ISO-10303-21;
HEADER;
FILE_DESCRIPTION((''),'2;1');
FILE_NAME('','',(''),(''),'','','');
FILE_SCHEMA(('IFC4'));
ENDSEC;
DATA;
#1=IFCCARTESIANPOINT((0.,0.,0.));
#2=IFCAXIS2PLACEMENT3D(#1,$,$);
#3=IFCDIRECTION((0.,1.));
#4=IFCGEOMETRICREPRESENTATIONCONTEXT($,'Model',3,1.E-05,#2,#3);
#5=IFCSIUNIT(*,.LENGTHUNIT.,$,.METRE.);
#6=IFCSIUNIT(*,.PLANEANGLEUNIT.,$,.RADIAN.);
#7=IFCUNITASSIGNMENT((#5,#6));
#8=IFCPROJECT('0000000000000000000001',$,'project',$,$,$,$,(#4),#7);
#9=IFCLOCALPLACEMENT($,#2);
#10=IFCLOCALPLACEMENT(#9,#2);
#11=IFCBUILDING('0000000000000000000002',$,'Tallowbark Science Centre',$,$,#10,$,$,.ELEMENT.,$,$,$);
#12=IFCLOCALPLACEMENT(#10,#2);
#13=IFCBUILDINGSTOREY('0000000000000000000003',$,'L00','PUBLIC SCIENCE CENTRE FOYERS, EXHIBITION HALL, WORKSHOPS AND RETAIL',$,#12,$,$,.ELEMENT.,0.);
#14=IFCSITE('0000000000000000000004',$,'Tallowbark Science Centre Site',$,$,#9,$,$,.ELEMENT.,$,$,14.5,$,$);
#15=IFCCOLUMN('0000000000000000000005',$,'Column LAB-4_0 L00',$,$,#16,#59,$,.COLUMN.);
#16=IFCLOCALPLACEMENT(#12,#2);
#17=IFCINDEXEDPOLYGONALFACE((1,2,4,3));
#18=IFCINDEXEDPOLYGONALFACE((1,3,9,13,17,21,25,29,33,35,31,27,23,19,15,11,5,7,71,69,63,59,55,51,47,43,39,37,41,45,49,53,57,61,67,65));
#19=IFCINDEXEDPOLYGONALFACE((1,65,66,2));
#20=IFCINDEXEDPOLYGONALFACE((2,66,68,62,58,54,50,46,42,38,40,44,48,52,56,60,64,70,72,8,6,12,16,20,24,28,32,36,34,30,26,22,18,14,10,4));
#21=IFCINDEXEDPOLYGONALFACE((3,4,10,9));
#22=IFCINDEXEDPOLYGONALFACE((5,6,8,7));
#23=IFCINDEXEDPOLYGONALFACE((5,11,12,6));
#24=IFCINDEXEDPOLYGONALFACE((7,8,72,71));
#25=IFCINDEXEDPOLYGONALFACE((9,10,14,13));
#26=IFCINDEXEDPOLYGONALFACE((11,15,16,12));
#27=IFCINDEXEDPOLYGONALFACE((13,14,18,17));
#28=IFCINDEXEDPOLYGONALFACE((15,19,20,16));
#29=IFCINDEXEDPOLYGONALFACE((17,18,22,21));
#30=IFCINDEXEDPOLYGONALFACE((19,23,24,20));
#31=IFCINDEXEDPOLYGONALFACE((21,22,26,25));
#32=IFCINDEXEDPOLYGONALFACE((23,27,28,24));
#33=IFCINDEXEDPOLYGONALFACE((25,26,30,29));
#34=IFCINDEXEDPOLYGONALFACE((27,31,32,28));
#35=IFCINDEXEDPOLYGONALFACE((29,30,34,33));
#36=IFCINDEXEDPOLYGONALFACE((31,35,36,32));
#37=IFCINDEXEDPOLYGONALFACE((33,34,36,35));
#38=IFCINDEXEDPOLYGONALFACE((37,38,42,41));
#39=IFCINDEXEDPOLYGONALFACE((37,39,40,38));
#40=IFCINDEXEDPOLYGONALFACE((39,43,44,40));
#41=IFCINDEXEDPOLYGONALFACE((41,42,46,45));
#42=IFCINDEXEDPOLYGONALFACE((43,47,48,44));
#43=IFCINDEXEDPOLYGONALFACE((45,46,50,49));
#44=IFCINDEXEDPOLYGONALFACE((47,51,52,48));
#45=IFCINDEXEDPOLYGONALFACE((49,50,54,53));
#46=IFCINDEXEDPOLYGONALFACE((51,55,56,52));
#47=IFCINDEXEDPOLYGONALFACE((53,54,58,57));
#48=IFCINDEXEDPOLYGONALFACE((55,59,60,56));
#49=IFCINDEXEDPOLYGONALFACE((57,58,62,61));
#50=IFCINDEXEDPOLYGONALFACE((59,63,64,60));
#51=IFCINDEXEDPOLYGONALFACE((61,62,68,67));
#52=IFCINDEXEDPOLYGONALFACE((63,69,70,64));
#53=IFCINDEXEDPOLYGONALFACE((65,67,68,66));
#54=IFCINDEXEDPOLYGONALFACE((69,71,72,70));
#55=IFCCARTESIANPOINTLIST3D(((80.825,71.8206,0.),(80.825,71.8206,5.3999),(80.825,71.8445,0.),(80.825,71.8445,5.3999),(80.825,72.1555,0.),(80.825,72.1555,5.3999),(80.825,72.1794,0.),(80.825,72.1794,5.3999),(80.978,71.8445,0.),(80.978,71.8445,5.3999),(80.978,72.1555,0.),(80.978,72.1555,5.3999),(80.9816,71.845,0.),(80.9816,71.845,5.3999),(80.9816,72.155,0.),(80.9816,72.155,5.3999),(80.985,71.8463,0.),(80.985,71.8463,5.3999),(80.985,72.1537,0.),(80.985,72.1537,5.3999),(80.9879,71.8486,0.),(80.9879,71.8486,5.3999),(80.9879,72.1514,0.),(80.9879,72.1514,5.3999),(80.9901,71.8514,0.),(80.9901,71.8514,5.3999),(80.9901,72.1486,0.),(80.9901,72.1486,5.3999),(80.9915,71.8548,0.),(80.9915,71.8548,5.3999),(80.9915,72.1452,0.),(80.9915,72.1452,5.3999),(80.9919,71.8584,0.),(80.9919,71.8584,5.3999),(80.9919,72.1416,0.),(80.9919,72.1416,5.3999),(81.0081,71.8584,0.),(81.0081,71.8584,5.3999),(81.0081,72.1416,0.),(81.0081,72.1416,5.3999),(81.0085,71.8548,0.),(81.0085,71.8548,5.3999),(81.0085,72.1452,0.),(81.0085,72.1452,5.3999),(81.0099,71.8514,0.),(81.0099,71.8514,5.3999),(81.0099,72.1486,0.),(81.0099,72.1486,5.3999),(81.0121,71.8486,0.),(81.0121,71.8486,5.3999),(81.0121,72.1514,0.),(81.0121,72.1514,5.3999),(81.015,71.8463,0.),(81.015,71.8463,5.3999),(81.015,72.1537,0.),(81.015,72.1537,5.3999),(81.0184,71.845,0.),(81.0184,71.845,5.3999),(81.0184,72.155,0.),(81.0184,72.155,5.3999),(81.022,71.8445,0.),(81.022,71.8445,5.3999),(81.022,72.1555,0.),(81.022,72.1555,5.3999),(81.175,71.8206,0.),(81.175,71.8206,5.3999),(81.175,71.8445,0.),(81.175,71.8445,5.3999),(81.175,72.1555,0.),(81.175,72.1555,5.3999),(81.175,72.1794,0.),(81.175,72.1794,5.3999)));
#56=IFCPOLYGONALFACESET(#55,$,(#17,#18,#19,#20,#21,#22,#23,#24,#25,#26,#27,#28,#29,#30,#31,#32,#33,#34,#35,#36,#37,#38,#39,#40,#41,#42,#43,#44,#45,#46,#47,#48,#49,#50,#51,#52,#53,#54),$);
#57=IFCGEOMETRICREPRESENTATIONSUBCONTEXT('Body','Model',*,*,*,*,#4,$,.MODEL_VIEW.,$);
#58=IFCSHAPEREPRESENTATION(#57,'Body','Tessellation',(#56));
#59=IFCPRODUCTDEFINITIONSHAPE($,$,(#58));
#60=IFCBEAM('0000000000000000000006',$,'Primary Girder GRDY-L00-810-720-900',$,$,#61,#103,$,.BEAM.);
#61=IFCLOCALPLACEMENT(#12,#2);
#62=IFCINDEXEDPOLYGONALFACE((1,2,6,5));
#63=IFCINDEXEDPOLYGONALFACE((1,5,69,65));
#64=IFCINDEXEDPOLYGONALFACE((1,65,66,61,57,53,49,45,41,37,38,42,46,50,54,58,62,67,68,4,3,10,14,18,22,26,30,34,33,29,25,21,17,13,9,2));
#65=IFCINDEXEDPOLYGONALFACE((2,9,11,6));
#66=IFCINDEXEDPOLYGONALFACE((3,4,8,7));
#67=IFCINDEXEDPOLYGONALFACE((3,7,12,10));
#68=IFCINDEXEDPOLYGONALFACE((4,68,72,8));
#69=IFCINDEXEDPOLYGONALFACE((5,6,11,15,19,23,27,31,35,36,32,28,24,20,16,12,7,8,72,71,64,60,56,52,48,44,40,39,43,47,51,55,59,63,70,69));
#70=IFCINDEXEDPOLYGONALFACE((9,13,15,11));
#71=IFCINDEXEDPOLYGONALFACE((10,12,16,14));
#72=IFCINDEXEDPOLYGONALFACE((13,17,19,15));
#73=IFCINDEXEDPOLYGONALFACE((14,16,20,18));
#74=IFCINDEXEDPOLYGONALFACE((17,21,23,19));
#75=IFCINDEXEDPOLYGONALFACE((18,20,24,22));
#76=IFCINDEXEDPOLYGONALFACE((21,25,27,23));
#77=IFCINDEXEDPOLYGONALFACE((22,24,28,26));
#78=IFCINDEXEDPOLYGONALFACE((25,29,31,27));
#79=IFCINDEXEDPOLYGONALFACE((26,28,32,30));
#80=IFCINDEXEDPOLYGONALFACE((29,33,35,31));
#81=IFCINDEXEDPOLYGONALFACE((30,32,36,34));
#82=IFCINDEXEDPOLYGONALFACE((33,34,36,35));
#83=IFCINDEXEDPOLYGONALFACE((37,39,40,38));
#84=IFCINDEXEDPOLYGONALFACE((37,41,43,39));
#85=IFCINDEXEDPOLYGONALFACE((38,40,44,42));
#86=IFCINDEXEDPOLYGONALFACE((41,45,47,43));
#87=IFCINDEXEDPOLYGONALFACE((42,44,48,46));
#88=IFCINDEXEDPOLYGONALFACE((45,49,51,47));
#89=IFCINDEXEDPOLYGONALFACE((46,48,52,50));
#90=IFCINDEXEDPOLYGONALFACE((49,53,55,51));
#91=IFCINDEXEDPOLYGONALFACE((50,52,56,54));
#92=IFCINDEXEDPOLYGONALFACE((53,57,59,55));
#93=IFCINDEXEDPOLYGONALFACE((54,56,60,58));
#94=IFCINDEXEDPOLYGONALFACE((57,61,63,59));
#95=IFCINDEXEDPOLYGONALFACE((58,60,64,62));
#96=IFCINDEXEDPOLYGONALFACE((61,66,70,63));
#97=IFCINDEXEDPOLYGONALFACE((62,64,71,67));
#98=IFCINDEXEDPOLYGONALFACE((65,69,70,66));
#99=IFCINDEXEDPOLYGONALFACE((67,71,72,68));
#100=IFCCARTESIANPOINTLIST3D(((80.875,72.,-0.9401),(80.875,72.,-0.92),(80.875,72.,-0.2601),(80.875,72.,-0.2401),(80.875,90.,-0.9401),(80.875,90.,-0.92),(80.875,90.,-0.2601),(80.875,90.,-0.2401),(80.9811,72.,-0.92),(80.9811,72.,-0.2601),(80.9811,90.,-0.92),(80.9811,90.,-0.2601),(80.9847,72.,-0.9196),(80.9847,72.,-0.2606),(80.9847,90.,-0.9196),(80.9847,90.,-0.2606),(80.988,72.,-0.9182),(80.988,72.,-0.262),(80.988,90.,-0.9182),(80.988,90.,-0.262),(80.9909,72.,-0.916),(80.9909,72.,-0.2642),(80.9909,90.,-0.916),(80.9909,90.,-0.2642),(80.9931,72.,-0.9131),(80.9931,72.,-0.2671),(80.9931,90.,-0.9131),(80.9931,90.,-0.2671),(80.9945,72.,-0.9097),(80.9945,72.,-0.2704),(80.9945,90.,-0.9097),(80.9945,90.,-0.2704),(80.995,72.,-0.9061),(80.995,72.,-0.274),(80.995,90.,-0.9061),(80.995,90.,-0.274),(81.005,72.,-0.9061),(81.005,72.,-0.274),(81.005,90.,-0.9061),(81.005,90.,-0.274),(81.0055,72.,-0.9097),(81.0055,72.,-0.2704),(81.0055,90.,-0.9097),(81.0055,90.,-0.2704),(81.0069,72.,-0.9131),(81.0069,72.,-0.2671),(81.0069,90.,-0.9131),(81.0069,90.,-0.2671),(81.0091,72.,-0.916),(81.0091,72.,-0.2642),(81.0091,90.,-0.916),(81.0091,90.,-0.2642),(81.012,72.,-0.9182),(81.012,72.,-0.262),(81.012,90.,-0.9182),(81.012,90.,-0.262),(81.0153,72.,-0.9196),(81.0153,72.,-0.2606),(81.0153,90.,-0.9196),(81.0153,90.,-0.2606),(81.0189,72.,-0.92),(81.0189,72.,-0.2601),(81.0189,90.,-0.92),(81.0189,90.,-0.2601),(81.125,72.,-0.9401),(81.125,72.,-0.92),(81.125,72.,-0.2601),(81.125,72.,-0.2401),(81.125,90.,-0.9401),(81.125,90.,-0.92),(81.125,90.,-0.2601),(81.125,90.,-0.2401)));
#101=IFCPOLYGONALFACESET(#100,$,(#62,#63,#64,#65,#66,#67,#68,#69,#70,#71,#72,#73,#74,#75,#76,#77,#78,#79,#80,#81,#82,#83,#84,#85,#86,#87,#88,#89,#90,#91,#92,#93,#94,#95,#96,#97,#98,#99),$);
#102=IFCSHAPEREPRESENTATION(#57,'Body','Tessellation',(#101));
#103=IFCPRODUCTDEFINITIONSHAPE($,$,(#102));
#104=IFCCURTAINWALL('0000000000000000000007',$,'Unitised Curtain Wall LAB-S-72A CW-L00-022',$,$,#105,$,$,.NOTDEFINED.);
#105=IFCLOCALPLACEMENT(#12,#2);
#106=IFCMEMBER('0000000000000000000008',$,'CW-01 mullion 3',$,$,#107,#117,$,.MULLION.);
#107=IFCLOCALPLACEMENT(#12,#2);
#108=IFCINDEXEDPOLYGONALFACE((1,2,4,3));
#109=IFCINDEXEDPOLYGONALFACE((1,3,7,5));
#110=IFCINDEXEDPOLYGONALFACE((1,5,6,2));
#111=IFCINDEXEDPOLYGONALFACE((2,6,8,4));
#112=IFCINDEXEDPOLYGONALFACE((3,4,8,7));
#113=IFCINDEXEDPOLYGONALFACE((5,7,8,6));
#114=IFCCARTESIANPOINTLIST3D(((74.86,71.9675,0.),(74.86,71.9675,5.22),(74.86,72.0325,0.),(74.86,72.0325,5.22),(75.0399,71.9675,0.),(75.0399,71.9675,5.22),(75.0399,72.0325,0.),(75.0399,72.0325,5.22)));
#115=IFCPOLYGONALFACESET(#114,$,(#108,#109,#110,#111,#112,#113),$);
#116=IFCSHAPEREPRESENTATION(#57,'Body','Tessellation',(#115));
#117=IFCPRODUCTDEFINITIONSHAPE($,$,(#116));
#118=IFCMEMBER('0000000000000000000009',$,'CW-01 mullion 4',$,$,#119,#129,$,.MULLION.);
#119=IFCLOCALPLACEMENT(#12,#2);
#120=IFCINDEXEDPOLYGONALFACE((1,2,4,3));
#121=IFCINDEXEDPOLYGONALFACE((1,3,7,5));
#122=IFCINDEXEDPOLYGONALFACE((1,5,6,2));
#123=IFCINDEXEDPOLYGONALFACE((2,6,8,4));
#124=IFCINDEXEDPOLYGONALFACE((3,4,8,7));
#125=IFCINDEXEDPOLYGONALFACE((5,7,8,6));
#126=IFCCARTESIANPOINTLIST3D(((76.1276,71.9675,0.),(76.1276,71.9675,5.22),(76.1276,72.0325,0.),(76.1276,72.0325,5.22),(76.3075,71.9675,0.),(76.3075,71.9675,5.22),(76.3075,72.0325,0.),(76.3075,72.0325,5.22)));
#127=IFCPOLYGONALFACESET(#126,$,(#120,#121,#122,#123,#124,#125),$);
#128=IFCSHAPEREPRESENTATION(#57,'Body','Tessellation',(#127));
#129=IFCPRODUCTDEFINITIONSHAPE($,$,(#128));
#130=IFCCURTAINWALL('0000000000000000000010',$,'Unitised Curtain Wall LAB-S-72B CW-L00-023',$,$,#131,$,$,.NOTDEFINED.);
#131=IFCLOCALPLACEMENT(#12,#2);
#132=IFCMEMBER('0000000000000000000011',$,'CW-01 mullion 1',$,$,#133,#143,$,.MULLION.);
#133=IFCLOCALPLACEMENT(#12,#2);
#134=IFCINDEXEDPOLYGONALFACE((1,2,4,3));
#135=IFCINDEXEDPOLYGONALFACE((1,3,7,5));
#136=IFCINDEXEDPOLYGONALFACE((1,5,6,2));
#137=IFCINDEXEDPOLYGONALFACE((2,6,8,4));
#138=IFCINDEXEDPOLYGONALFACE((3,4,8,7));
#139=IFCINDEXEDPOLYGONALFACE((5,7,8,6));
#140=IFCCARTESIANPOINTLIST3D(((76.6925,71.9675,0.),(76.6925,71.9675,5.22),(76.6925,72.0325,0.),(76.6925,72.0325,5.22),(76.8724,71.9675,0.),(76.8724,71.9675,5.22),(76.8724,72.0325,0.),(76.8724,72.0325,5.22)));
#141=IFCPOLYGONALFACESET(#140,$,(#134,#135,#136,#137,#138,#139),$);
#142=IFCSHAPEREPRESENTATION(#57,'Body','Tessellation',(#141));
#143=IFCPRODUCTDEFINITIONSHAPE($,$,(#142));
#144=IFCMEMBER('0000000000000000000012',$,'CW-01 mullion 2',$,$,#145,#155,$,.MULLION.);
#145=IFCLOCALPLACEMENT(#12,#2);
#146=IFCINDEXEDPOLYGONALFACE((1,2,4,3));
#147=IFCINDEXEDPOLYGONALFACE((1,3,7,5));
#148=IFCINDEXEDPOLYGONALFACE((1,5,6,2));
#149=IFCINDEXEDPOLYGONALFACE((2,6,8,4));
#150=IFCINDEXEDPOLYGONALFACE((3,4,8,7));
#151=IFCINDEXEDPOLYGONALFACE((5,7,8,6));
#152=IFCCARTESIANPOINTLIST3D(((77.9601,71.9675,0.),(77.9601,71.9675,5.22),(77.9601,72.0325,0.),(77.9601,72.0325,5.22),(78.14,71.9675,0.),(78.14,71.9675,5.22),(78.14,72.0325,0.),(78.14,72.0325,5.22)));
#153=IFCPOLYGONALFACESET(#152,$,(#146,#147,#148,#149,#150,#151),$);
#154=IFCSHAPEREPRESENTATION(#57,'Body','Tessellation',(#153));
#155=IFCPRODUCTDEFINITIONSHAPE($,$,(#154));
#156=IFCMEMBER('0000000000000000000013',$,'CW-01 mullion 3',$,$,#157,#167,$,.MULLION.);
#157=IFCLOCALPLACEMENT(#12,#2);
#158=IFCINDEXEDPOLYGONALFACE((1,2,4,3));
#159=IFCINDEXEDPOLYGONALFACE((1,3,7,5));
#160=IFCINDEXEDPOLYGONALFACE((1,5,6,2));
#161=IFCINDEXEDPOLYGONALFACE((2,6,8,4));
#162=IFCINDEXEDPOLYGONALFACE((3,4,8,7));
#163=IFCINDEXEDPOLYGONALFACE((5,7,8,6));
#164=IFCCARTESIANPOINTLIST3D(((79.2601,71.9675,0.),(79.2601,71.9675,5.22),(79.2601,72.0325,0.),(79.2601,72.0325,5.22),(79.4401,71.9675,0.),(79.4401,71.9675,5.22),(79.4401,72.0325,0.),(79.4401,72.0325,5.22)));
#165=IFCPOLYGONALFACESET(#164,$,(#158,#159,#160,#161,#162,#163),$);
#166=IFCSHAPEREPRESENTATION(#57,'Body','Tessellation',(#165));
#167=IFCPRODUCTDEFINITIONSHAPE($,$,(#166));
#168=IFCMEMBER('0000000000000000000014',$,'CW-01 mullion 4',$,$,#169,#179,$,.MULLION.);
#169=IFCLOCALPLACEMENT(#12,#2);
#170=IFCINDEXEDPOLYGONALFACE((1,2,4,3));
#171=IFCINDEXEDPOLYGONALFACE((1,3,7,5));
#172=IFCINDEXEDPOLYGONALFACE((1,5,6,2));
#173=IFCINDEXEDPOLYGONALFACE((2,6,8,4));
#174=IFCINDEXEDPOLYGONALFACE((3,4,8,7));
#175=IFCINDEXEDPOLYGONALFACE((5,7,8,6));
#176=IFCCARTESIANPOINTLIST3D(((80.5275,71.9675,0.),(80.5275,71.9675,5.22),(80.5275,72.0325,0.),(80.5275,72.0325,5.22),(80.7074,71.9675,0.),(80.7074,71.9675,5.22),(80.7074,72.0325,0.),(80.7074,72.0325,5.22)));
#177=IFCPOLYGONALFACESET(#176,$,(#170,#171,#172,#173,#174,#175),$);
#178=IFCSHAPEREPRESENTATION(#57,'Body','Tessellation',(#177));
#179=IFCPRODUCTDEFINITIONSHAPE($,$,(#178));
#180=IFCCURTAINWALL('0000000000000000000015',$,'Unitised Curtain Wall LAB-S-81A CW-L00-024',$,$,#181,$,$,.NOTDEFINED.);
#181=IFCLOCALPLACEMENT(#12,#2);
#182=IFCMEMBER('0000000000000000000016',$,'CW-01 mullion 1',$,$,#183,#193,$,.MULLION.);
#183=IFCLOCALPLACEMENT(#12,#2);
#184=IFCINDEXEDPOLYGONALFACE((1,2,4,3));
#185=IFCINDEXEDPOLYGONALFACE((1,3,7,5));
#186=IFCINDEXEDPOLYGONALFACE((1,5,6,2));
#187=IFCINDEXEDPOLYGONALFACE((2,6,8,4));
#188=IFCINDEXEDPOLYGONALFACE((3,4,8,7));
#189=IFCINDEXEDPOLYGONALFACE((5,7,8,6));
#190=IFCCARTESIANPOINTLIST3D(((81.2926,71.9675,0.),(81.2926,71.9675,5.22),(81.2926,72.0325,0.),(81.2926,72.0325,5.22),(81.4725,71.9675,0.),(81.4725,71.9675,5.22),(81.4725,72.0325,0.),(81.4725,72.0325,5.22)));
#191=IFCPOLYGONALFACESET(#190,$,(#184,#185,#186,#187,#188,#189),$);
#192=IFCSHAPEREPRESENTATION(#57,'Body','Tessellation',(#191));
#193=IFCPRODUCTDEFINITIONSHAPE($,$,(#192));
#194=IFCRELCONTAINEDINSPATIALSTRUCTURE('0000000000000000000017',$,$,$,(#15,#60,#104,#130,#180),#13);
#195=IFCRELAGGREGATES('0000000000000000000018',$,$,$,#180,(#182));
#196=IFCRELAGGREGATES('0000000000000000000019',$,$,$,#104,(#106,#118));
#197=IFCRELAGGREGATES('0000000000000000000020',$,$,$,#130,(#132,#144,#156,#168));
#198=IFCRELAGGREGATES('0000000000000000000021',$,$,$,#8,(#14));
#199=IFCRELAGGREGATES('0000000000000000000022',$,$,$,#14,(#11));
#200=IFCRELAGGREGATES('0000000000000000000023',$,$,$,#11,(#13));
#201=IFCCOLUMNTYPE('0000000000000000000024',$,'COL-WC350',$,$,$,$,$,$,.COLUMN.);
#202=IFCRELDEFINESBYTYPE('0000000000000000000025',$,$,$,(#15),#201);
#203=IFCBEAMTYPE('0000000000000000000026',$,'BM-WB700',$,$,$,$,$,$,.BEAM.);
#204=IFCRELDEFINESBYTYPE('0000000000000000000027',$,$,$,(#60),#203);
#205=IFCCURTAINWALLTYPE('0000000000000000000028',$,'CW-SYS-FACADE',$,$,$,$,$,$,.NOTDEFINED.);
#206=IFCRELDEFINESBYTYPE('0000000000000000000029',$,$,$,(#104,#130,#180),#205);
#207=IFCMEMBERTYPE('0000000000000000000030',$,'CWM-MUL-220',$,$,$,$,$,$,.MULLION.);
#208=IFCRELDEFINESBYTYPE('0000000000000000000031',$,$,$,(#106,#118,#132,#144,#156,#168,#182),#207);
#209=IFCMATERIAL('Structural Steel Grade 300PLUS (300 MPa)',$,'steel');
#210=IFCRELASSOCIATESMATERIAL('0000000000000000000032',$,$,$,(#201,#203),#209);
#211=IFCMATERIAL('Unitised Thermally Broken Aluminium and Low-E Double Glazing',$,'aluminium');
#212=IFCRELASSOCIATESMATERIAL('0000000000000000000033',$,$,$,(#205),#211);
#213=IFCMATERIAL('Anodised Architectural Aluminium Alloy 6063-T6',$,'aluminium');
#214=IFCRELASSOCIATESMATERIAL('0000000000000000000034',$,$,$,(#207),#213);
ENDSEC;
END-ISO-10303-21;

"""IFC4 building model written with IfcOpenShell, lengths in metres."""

from ifc_helpers import new_model, si_unit, direction, frame, origin, origin_2d, place, context, subcontext, project, spatial, rectangle, i_section, extrude, material, material_profile, profile_set, type_object, element, aggregate, save


model = new_model("IFC4")

# Units and contexts
model_context = context("Model", 3, precision=1e-05, world=origin(), true_north=direction((0.0, 1.0)))
body_context = subcontext(model_context, "Body", "Model", "MODEL_VIEW")
ifc_project = project(units=[si_unit("LENGTHUNIT", "METRE"), si_unit("PLANEANGLEUNIT", "RADIAN")], contexts=[model_context])

# Site, building, storey
site_placement = place(None, origin())
site = spatial("IfcSite", under=ifc_project, at=site_placement, Name="Tallowbark Science Centre Site", CompositionType="ELEMENT", RefElevation=14.5)
building_placement = place(site_placement, origin())
building = spatial("IfcBuilding", under=site, at=building_placement, Name="Tallowbark Science Centre", CompositionType="ELEMENT")
storey_placement = place(building_placement, origin())
storey = spatial("IfcBuildingStorey", under=building, at=storey_placement, Name="L00", Description="PUBLIC SCIENCE CENTRE FOYERS, EXHIBITION HALL, WORKSHOPS AND RETAIL", CompositionType="ELEMENT", Elevation=0.0)

# Column
ifc_material_1 = material(Name="Structural Steel Grade 300PLUS (300 MPa)", Category="steel")
ifc_material_profile_1 = material_profile(ifc_material_1, i_section(OverallWidth=0.3501, OverallDepth=0.3589, WebThickness=0.0161, FlangeThickness=0.0239, FilletRadius=0.0139, at=origin_2d()), Name="350WC197")
ifc_profile_set_1 = profile_set([ifc_material_profile_1], Name="Structural Steel Grade 300PLUS (300 MPa)")
column_type = type_object("IfcColumnType", Name="COL-WC350", PredefinedType="COLUMN", material=ifc_profile_set_1)
column_placement = place(storey_placement, frame((81.0, 72.0, 0.0), z_axis=(0.0, 0.0, 1.0), x_axis=(1.0, 0.0, 0.0)))
element("IfcColumn", 1, at=column_placement, inside=storey, type_object=column_type, Name="Column LAB-4_0 L00", PredefinedType="COLUMN", context=body_context, shape_type="SweptSolid", body=[
    extrude(i_section(OverallWidth=0.3501, OverallDepth=0.3589, WebThickness=0.0161, FlangeThickness=0.0239, FilletRadius=0.0139, at=origin_2d()), origin(), (0.0, 0.0, 1.0), 5.3999),
])

# Beam
ifc_material_profile_2 = material_profile(ifc_material_1, i_section(OverallWidth=0.25, OverallDepth=0.7, WebThickness=0.01, FlangeThickness=0.02, FilletRadius=0.0139, at=origin_2d()), Name="700WB130")
ifc_profile_set_2 = profile_set([ifc_material_profile_2], Name="Structural Steel Grade 300PLUS (300 MPa)")
beam_type_1 = type_object("IfcBeamType", Name="BM-WB700", PredefinedType="BEAM", material=ifc_profile_set_2)
beam_1_placement = place(storey_placement, frame((81.0, 72.0, -0.5901), z_axis=(0.0, 1.0, 0.0), x_axis=(-1.0, 0.0, 0.0)))
element("IfcBeam", 2, at=beam_1_placement, inside=storey, type_object=beam_type_1, Name="Primary Girder GRDY-L00-810-720-900", PredefinedType="BEAM", context=body_context, shape_type="SweptSolid", body=[
    extrude(i_section(OverallWidth=0.25, OverallDepth=0.7, WebThickness=0.01, FlangeThickness=0.02, FilletRadius=0.0139, at=origin_2d()), origin(), (0.0, 0.0, 1.0), 18.0),
])

# Curtain walls, members
ifc_material_2 = material(Name="Unitised Thermally Broken Aluminium and Low-E Double Glazing", Category="aluminium")
curtain_wall_type = type_object("IfcCurtainWallType", Name="CW-SYS-FACADE", PredefinedType="NOTDEFINED", material=ifc_material_2)
curtain_wall_1_placement = place(storey_placement, origin())
curtain_wall_1 = element("IfcCurtainWall", 3, at=curtain_wall_1_placement, inside=storey, type_object=curtain_wall_type, Name="Unitised Curtain Wall LAB-S-72A CW-L00-022", PredefinedType="NOTDEFINED")
ifc_material_3 = material(Name="Anodised Architectural Aluminium Alloy 6063-T6", Category="aluminium")
ifc_material_profile_3 = material_profile(ifc_material_3, rectangle(XDim=0.0649, YDim=0.1799, at=origin_2d()), Name="ALU65x180")
ifc_profile_set_3 = profile_set([ifc_material_profile_3], Name="Anodised Architectural Aluminium Alloy 6063-T6")
member_type_1 = type_object("IfcMemberType", Name="CWM-MUL-220", PredefinedType="MULLION", material=ifc_profile_set_3)
member_1_placement = place(storey_placement, frame((74.95, 72.0, 0.0), z_axis=(0.0, 0.0, 1.0), x_axis=(0.0, 1.0, 0.0)))
member_1 = element("IfcMember", 4, at=member_1_placement, type_object=member_type_1, Name="CW-01 mullion 3", PredefinedType="MULLION", context=body_context, shape_type="SweptSolid", body=[
    extrude(rectangle(XDim=0.0649, YDim=0.1799, at=origin_2d()), origin(), (0.0, 0.0, 1.0), 5.22),
])
member_2_placement = place(storey_placement, frame((76.2175, 72.0, 0.0), z_axis=(0.0, 0.0, 1.0), x_axis=(0.0, 1.0, 0.0)))
member_2 = element("IfcMember", 5, at=member_2_placement, type_object=member_type_1, Name="CW-01 mullion 4", PredefinedType="MULLION", context=body_context, shape_type="SweptSolid", body=[
    extrude(rectangle(XDim=0.0649, YDim=0.1799, at=origin_2d()), origin(), (0.0, 0.0, 1.0), 5.22),
])
curtain_wall_2_placement = place(storey_placement, origin())
curtain_wall_2 = element("IfcCurtainWall", 6, at=curtain_wall_2_placement, inside=storey, type_object=curtain_wall_type, Name="Unitised Curtain Wall LAB-S-72B CW-L00-023", PredefinedType="NOTDEFINED")
member_3_placement = place(storey_placement, frame((76.7825, 72.0, 0.0), z_axis=(0.0, 0.0, 1.0), x_axis=(0.0, 1.0, 0.0)))
member_3 = element("IfcMember", 7, at=member_3_placement, type_object=member_type_1, Name="CW-01 mullion 1", PredefinedType="MULLION", context=body_context, shape_type="SweptSolid", body=[
    extrude(rectangle(XDim=0.0649, YDim=0.1799, at=origin_2d()), origin(), (0.0, 0.0, 1.0), 5.22),
])
member_4_placement = place(storey_placement, frame((78.05, 72.0, 0.0), z_axis=(0.0, 0.0, 1.0), x_axis=(0.0, 1.0, 0.0)))
member_4 = element("IfcMember", 8, at=member_4_placement, type_object=member_type_1, Name="CW-01 mullion 2", PredefinedType="MULLION", context=body_context, shape_type="SweptSolid", body=[
    extrude(rectangle(XDim=0.0649, YDim=0.1799, at=origin_2d()), origin(), (0.0, 0.0, 1.0), 5.22),
])
member_5_placement = place(storey_placement, frame((79.3501, 72.0, 0.0), z_axis=(0.0, 0.0, 1.0), x_axis=(0.0, 1.0, 0.0)))
member_5 = element("IfcMember", 9, at=member_5_placement, type_object=member_type_1, Name="CW-01 mullion 3", PredefinedType="MULLION", context=body_context, shape_type="SweptSolid", body=[
    extrude(rectangle(XDim=0.0649, YDim=0.1799, at=origin_2d()), origin(), (0.0, 0.0, 1.0), 5.22),
])
member_6_placement = place(storey_placement, frame((80.6174, 72.0, 0.0), z_axis=(0.0, 0.0, 1.0), x_axis=(0.0, 1.0, 0.0)))
member_6 = element("IfcMember", 10, at=member_6_placement, type_object=member_type_1, Name="CW-01 mullion 4", PredefinedType="MULLION", context=body_context, shape_type="SweptSolid", body=[
    extrude(rectangle(XDim=0.0649, YDim=0.1799, at=origin_2d()), origin(), (0.0, 0.0, 1.0), 5.22),
])

# Curtain wall, member
curtain_wall_3_placement = place(storey_placement, origin())
curtain_wall_3 = element("IfcCurtainWall", 11, at=curtain_wall_3_placement, inside=storey, type_object=curtain_wall_type, Name="Unitised Curtain Wall LAB-S-81A CW-L00-024", PredefinedType="NOTDEFINED")
member_7_placement = place(storey_placement, frame((81.3826, 72.0, 0.0), z_axis=(0.0, 0.0, 1.0), x_axis=(0.0, 1.0, 0.0)))
member_7 = element("IfcMember", 12, at=member_7_placement, type_object=member_type_1, Name="CW-01 mullion 1", PredefinedType="MULLION", context=body_context, shape_type="SweptSolid", body=[
    extrude(rectangle(XDim=0.0649, YDim=0.1799, at=origin_2d()), origin(), (0.0, 0.0, 1.0), 5.22),
])
aggregate(curtain_wall_3, [member_7])

aggregate(curtain_wall_1, [member_1, member_2])
aggregate(curtain_wall_2, [member_3, member_4, member_5, member_6])

save(model, "model.ifc")
